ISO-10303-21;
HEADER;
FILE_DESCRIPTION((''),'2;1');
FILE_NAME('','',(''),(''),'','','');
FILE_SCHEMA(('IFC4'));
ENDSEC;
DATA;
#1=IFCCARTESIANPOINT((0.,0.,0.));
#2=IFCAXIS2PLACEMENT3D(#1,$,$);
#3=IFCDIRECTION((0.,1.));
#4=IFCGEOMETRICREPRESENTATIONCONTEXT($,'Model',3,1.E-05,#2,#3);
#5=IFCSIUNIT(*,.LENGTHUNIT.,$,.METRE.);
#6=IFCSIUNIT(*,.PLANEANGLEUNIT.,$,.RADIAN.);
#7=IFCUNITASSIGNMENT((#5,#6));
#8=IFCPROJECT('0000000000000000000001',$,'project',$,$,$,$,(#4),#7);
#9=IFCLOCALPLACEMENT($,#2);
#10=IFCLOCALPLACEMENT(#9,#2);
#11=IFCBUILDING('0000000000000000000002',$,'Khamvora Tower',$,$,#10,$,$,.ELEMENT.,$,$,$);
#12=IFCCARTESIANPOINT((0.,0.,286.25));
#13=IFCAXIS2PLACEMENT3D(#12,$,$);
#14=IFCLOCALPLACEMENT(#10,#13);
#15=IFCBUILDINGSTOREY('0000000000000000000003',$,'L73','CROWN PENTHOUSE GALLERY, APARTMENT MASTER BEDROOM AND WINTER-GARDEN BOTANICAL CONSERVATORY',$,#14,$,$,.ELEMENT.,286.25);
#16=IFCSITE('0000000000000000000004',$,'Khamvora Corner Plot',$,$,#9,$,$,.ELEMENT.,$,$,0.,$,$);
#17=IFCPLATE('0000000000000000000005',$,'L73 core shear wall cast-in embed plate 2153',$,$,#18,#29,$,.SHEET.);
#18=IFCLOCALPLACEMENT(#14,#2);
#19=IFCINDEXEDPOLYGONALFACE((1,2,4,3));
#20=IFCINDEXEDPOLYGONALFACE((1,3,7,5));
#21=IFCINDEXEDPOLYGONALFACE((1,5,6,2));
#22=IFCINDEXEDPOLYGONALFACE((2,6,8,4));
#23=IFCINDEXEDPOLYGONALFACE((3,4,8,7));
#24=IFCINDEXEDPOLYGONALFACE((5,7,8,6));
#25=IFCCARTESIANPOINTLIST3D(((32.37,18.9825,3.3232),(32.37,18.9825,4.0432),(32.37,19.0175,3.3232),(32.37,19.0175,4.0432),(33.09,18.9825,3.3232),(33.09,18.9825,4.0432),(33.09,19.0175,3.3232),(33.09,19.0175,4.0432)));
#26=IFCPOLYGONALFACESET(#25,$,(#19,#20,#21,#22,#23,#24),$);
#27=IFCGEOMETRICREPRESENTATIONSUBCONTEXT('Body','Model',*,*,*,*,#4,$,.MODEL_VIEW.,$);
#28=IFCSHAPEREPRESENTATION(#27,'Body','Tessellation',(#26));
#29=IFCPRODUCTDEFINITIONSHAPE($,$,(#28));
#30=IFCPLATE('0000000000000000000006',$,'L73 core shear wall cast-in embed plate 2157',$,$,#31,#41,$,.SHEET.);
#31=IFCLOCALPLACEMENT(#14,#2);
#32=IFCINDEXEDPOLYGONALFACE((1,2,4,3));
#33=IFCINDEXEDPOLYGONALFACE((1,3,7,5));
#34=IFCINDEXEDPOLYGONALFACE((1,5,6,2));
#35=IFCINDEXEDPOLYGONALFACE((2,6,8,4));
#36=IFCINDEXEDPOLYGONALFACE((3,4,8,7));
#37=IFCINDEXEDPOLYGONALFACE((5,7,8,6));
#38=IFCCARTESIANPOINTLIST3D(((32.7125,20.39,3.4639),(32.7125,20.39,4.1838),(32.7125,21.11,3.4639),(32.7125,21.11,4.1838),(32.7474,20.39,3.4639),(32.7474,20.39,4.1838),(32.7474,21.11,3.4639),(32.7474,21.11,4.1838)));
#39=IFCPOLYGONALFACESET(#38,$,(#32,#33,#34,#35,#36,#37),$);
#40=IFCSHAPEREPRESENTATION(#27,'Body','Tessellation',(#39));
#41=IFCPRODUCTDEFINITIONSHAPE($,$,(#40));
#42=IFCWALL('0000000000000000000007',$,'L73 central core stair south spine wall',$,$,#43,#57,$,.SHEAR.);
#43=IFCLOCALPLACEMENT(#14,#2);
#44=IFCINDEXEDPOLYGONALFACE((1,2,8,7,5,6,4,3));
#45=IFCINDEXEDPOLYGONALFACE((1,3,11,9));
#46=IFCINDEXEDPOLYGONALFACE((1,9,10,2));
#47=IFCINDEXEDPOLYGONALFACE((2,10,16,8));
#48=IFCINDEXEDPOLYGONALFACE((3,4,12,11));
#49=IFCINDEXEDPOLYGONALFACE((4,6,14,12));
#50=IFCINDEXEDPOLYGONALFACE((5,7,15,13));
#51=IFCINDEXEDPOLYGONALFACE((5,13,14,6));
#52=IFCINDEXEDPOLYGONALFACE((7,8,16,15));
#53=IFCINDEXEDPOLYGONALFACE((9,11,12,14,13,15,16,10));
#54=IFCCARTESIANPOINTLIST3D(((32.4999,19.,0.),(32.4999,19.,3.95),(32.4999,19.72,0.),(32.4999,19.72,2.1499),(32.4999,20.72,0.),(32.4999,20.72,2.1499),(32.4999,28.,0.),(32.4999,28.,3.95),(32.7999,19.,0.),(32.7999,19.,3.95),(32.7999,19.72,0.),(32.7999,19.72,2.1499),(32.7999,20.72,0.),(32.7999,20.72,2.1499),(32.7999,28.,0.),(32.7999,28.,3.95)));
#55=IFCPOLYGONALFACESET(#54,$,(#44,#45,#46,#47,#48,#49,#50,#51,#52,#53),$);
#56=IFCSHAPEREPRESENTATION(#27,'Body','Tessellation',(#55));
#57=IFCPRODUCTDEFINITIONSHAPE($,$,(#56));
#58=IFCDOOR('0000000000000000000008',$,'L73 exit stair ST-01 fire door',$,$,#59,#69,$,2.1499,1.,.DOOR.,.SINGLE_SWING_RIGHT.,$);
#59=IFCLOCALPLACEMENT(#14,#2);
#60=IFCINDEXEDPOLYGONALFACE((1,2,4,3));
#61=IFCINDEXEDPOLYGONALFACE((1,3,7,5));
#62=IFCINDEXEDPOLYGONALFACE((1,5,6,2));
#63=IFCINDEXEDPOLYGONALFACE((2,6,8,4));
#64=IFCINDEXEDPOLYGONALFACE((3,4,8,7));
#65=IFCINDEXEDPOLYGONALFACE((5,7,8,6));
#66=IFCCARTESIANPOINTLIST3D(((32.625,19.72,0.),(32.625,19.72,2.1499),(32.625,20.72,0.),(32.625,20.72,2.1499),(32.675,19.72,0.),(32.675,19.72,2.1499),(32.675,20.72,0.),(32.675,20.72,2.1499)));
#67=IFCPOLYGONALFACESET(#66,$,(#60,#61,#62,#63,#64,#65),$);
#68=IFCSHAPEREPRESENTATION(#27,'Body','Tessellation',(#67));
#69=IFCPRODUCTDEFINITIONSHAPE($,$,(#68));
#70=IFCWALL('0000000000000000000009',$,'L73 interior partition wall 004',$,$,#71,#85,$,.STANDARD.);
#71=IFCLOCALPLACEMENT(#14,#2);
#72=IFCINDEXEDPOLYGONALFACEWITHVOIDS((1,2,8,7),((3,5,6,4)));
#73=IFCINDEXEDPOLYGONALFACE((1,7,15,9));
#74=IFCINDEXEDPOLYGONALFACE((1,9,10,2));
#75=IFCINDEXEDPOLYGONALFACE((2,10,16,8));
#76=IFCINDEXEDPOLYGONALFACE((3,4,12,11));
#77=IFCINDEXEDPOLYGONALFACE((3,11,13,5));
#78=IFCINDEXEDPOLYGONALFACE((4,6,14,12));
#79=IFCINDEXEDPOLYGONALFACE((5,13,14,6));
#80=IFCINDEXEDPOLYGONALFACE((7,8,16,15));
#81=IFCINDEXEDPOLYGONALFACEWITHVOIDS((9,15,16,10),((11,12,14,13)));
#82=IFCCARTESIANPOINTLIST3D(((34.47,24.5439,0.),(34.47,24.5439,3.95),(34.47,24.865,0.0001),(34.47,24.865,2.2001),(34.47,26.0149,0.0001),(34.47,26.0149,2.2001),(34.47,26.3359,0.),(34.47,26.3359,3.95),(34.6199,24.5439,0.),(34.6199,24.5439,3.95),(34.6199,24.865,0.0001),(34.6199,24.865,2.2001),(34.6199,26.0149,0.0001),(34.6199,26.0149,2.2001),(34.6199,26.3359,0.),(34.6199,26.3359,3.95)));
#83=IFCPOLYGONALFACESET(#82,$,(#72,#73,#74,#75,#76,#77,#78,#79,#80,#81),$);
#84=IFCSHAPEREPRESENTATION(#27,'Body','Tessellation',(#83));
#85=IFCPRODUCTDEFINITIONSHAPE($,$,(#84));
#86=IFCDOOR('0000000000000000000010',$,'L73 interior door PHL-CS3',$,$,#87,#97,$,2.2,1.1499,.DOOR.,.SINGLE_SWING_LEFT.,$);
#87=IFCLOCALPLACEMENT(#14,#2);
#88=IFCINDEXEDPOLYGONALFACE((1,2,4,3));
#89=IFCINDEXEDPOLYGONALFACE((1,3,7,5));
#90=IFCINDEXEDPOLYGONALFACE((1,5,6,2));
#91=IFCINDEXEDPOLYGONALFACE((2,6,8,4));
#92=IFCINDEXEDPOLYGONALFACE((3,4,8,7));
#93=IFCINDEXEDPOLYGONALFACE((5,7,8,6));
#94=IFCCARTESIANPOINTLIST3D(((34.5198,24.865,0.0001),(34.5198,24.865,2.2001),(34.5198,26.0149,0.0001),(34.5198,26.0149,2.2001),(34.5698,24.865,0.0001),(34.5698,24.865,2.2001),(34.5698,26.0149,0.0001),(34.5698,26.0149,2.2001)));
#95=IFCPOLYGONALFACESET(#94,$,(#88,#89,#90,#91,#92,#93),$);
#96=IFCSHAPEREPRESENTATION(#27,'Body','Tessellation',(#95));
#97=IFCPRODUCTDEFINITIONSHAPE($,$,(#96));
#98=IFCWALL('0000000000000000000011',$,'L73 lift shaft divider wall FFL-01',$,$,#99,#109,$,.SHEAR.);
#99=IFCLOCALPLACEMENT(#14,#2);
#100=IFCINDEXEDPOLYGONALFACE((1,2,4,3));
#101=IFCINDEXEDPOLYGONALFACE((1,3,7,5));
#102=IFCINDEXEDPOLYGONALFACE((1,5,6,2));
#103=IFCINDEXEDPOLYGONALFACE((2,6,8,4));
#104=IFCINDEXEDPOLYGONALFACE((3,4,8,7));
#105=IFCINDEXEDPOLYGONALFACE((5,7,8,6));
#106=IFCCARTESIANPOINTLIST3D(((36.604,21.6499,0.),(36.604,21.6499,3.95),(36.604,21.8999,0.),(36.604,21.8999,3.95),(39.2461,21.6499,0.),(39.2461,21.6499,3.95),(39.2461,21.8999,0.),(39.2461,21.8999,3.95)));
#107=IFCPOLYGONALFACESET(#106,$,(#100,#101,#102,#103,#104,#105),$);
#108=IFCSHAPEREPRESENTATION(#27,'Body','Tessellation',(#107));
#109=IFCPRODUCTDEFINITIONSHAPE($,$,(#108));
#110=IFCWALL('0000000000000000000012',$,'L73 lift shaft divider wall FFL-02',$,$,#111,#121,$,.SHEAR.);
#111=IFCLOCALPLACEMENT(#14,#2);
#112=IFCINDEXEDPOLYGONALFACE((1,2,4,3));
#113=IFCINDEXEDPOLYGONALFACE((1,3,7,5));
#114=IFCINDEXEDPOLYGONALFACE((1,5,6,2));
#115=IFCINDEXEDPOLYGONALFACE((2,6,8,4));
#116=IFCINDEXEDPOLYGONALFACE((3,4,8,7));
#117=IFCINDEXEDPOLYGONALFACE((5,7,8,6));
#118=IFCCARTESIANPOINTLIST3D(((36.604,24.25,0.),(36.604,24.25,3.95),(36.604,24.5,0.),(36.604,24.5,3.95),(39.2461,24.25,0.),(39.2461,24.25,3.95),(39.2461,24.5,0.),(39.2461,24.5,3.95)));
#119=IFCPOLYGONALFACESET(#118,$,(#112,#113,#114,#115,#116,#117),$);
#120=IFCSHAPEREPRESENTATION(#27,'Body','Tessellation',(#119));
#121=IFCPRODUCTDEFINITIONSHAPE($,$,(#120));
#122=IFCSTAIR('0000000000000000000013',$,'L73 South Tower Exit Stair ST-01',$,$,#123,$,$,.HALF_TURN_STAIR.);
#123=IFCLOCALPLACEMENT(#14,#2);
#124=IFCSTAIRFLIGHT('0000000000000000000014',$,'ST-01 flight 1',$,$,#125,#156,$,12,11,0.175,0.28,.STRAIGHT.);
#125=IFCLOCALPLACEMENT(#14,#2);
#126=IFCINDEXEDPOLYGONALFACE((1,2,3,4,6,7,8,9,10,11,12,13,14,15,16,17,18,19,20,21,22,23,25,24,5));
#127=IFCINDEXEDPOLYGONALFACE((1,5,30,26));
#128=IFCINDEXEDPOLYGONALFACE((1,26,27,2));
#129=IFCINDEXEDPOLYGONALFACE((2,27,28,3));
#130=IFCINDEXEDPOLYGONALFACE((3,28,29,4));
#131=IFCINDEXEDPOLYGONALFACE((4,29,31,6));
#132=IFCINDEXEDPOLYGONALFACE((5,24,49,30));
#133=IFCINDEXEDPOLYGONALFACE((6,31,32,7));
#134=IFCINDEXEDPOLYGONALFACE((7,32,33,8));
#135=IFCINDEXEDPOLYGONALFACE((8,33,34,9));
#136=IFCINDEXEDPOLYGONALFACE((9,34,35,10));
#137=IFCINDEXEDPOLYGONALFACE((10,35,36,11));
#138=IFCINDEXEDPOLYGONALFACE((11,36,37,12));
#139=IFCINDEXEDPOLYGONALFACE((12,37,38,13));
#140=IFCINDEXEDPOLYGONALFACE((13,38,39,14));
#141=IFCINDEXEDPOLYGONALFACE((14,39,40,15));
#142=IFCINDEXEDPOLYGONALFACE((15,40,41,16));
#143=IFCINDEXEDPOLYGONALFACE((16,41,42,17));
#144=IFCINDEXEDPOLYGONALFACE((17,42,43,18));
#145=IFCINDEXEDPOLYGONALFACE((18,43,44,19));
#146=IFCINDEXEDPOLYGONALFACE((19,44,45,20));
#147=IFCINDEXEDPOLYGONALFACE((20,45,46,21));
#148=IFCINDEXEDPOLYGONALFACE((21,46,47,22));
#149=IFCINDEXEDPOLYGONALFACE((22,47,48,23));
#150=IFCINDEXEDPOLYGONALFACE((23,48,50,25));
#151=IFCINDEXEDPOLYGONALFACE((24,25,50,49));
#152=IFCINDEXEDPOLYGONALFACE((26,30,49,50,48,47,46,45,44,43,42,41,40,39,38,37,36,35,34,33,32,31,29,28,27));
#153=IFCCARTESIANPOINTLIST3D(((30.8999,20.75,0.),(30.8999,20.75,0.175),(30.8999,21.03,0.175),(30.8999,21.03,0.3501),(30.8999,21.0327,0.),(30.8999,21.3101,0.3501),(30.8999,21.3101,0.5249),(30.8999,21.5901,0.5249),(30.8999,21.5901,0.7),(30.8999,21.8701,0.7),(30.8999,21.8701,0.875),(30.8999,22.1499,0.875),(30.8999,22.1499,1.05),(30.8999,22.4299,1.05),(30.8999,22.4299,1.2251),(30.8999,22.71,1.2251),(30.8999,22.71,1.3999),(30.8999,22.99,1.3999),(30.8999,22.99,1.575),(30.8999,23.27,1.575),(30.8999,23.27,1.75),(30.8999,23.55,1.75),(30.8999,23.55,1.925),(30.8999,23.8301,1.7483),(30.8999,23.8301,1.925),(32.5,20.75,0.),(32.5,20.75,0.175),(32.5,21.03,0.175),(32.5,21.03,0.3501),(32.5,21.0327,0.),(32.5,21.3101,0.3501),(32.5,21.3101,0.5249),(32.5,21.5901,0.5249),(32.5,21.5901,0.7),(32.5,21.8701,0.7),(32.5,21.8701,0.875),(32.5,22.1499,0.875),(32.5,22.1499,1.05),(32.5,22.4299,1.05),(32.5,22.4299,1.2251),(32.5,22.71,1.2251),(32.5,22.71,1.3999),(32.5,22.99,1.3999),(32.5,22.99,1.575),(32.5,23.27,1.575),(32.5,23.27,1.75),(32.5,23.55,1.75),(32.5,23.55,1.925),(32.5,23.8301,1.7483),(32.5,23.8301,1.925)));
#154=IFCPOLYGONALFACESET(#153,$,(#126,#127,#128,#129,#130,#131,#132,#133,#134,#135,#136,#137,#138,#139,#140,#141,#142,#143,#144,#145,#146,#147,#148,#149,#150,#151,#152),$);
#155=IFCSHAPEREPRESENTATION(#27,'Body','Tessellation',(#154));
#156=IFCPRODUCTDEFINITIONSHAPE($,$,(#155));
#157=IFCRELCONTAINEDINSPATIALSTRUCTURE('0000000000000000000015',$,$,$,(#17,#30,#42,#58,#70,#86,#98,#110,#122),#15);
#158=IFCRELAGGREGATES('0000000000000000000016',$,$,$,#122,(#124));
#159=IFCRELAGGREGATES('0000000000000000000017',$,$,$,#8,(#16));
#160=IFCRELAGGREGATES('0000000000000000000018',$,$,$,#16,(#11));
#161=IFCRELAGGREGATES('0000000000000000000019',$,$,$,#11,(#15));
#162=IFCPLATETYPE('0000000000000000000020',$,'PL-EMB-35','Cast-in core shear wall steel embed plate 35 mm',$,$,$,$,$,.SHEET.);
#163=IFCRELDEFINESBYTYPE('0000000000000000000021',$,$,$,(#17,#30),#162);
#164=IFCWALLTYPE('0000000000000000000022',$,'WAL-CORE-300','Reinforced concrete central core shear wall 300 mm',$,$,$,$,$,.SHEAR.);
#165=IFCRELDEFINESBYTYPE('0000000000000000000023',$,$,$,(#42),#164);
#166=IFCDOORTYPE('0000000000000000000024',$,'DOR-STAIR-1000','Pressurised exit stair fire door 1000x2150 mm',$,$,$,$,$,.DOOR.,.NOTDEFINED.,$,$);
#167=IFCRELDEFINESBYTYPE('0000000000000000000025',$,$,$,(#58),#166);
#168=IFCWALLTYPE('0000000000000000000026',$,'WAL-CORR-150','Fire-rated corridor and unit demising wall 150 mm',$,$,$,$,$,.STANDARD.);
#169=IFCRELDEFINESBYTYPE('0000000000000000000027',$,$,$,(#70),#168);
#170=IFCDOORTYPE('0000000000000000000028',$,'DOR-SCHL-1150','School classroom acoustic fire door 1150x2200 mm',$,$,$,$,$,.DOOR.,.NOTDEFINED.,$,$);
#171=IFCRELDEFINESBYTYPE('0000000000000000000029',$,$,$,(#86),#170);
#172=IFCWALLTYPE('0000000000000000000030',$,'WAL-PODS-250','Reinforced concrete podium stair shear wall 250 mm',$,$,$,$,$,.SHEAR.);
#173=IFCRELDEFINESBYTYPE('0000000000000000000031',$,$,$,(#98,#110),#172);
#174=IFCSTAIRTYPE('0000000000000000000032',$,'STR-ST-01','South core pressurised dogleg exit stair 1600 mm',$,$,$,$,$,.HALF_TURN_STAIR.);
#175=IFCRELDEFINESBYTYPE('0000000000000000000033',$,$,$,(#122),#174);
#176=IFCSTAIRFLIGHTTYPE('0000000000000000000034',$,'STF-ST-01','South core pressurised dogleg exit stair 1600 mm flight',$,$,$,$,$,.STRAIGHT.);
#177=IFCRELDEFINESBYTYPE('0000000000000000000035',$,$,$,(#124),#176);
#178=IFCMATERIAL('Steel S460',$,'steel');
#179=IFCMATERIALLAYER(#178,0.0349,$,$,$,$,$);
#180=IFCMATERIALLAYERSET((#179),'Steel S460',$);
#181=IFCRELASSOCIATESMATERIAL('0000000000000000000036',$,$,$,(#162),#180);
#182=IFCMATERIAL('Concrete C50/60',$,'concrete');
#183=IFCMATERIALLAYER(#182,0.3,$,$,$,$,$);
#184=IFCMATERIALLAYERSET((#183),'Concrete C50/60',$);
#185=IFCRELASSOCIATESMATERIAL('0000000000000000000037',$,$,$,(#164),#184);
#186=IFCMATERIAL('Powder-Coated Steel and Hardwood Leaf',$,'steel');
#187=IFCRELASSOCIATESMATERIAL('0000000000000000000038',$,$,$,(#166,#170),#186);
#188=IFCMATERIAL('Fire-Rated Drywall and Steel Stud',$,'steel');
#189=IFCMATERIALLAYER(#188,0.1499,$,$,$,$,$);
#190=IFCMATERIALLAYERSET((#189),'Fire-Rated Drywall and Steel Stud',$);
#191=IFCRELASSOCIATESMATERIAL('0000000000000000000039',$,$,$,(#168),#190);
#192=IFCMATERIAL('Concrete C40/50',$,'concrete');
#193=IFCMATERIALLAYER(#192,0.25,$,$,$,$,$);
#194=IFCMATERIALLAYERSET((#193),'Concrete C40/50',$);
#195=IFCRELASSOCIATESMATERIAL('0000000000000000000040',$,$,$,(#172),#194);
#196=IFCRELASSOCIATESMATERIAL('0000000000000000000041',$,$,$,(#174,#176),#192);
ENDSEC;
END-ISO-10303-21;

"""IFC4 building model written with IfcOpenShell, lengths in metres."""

from ifc_helpers import new_model, si_unit, direction, frame, frame_2d, origin, origin_2d, place, context, subcontext, project, spatial, polyline, rectangle, outline, extrude, material, layer, layer_set, type_object, element, fill, aggregate, save


model = new_model("IFC4")

# Units and contexts
model_context = context("Model", 3, precision=1e-05, world=origin(), true_north=direction((0.0, 1.0)))
body_context = subcontext(model_context, "Body", "Model", "MODEL_VIEW")
ifc_project = project(units=[si_unit("LENGTHUNIT", "METRE"), si_unit("PLANEANGLEUNIT", "RADIAN")], contexts=[model_context])

# Site, building, storey
site_placement = place(None, origin())
site = spatial("IfcSite", under=ifc_project, at=site_placement, Name="Khamvora Corner Plot", CompositionType="ELEMENT", RefElevation=0.0)
building_placement = place(site_placement, origin())
building = spatial("IfcBuilding", under=site, at=building_placement, Name="Khamvora Tower", CompositionType="ELEMENT")
storey_placement = place(building_placement, frame((0.0, 0.0, 286.25)))
storey = spatial("IfcBuildingStorey", under=building, at=storey_placement, Name="L73", Description="CROWN PENTHOUSE GALLERY, APARTMENT MASTER BEDROOM AND WINTER-GARDEN BOTANICAL CONSERVATORY", CompositionType="ELEMENT", Elevation=286.25)

# Plates
ifc_material_1 = material(Name="Steel S460", Category="steel")
ifc_layer_1 = layer(ifc_material_1, 0.0349)
ifc_layer_set_1 = layer_set([ifc_layer_1], Name="Steel S460")
plate_type_1 = type_object("IfcPlateType", Name="PL-EMB-35", Description="Cast-in core shear wall steel embed plate 35 mm", PredefinedType="SHEET", material=ifc_layer_set_1)
plate_1_placement = place(storey_placement, frame((32.73, 19.0, 3.3232), z_axis=(0.0, 0.0, 1.0), x_axis=(1.0, 0.0, 0.0)))
element("IfcPlate", 1, at=plate_1_placement, inside=storey, type_object=plate_type_1, Name="L73 core shear wall cast-in embed plate 2153", PredefinedType="SHEET", context=body_context, shape_type="SweptSolid", body=[
    extrude(rectangle(XDim=0.72, YDim=0.0349, at=origin_2d()), origin(), (0.0, 0.0, 1.0), 0.72),
])
plate_2_placement = place(storey_placement, frame((32.73, 20.75, 3.4639), z_axis=(0.0, 0.0, 1.0), x_axis=(1.0, 0.0, 0.0)))
element("IfcPlate", 2, at=plate_2_placement, inside=storey, type_object=plate_type_1, Name="L73 core shear wall cast-in embed plate 2157", PredefinedType="SHEET", context=body_context, shape_type="SweptSolid", body=[
    extrude(rectangle(XDim=0.0349, YDim=0.72, at=origin_2d()), origin(), (0.0, 0.0, 1.0), 0.72),
])

# Wall, opening, door
ifc_material_2 = material(Name="Concrete C50/60", Category="concrete")
ifc_layer_2 = layer(ifc_material_2, 0.3)
ifc_layer_set_2 = layer_set([ifc_layer_2], Name="Concrete C50/60")
wall_type_1 = type_object("IfcWallType", Name="WAL-CORE-300", Description="Reinforced concrete central core shear wall 300 mm", PredefinedType="SHEAR", material=ifc_layer_set_2)
wall_1_placement = place(storey_placement, frame((32.6499, 19.0, 0.0), z_axis=(0.0, 0.0, 1.0), x_axis=(0.0, 1.0, 0.0)))
wall_1 = element("IfcWall", 3, at=wall_1_placement, inside=storey, type_object=wall_type_1, Name="L73 central core stair south spine wall", PredefinedType="SHEAR", context=body_context, shape_type="SweptSolid", body=[
    extrude(rectangle(XDim=9.0, YDim=0.3, at=frame_2d((4.5, 0.0))), origin(), (0.0, 0.0, 1.0), 3.95),
])
opening_1_placement = place(wall_1_placement, frame((0.72, 0.0, 0.0)))
opening_1 = element("IfcOpeningElement", 4, at=opening_1_placement, cuts=wall_1, PredefinedType="OPENING", context=body_context, shape_type="SweptSolid", body=[
    extrude(rectangle(XDim=1.0, YDim=2.1499, at=frame_2d((0.5, 1.075))), frame((0.0, 0.1599, 0.0), z_axis=(0.0, -1.0, 0.0), x_axis=(1.0, 0.0, 0.0)), (0.0, 0.0, 1.0), 0.3201),
])
ifc_material_3 = material(Name="Powder-Coated Steel and Hardwood Leaf", Category="steel")
door_type_1 = type_object("IfcDoorType", Name="DOR-STAIR-1000", Description="Pressurised exit stair fire door 1000x2150 mm", OperationType="NOTDEFINED", PredefinedType="DOOR", material=ifc_material_3)
door_1_placement = place(opening_1_placement, origin())
door_1 = element("IfcDoor", 5, at=door_1_placement, inside=storey, type_object=door_type_1, Name="L73 exit stair ST-01 fire door", OperationType="SINGLE_SWING_RIGHT", OverallHeight=2.1499, OverallWidth=1.0, PredefinedType="DOOR", context=body_context, shape_type="SweptSolid", body=[
    extrude(rectangle(XDim=1.0, YDim=2.1499, at=frame_2d((0.5, 1.075))), frame((0.0, 0.0249, 0.0), z_axis=(0.0, -1.0, 0.0), x_axis=(1.0, 0.0, 0.0)), (0.0, 0.0, 1.0), 0.05),
])
fill(opening_1, door_1)

# Wall, opening, door
ifc_material_4 = material(Name="Fire-Rated Drywall and Steel Stud", Category="steel")
ifc_layer_3 = layer(ifc_material_4, 0.1499)
ifc_layer_set_3 = layer_set([ifc_layer_3], Name="Fire-Rated Drywall and Steel Stud")
wall_type_2 = type_object("IfcWallType", Name="WAL-CORR-150", Description="Fire-rated corridor and unit demising wall 150 mm", PredefinedType="STANDARD", material=ifc_layer_set_3)
wall_2_placement = place(storey_placement, frame((34.5449, 26.3359, 0.0), z_axis=(0.0, 0.0, 1.0), x_axis=(0.0, -1.0, 0.0)))
wall_2 = element("IfcWall", 6, at=wall_2_placement, inside=storey, type_object=wall_type_2, Name="L73 interior partition wall 004", PredefinedType="STANDARD", context=body_context, shape_type="SweptSolid", body=[
    extrude(rectangle(XDim=1.792, YDim=0.1499, at=frame_2d((0.896, 0.0))), origin(), (0.0, 0.0, 1.0), 3.95),
])
opening_2_placement = place(wall_2_placement, frame((0.321, 0.0, 0.0)))
opening_2 = element("IfcOpeningElement", 7, at=opening_2_placement, cuts=wall_2, PredefinedType="OPENING", context=body_context, shape_type="SweptSolid", body=[
    extrude(rectangle(XDim=1.1499, YDim=2.2, at=frame_2d((0.575, 1.1001))), frame((0.0, 0.085, 0.0), z_axis=(0.0, -1.0, 0.0), x_axis=(1.0, 0.0, 0.0)), (0.0, 0.0, 1.0), 0.1699),
])
door_type_2 = type_object("IfcDoorType", Name="DOR-SCHL-1150", Description="School classroom acoustic fire door 1150x2200 mm", OperationType="NOTDEFINED", PredefinedType="DOOR", material=ifc_material_3)
door_2_placement = place(opening_2_placement, origin())
door_2 = element("IfcDoor", 8, at=door_2_placement, inside=storey, type_object=door_type_2, Name="L73 interior door PHL-CS3", OperationType="SINGLE_SWING_LEFT", OverallHeight=2.2, OverallWidth=1.1499, PredefinedType="DOOR", context=body_context, shape_type="SweptSolid", body=[
    extrude(rectangle(XDim=1.1499, YDim=2.2, at=frame_2d((0.575, 1.1001))), frame((0.0, 0.0249, 0.0), z_axis=(0.0, -1.0, 0.0), x_axis=(1.0, 0.0, 0.0)), (0.0, 0.0, 1.0), 0.05),
])
fill(opening_2, door_2)

# Walls
ifc_material_5 = material(Name="Concrete C40/50", Category="concrete")
ifc_layer_4 = layer(ifc_material_5, 0.25)
ifc_layer_set_4 = layer_set([ifc_layer_4], Name="Concrete C40/50")
wall_type_3 = type_object("IfcWallType", Name="WAL-PODS-250", Description="Reinforced concrete podium stair shear wall 250 mm", PredefinedType="SHEAR", material=ifc_layer_set_4)
for number, where, z_axis, x_axis, name in (
    (9, (36.604, 21.7749, 0.0), (0.0, 0.0, 1.0), (1.0, 0.0, 0.0), "L73 lift shaft divider wall FFL-01"),
    (10, (36.604, 24.375, 0.0), (0.0, 0.0, 1.0), (1.0, 0.0, 0.0), "L73 lift shaft divider wall FFL-02"),
):
    element("IfcWall", number, at=place(storey_placement, frame(where, z_axis=z_axis, x_axis=x_axis)), inside=storey, type_object=wall_type_3, Name=name, PredefinedType="SHEAR", context=body_context, shape_type="SweptSolid", body=[
        extrude(rectangle(XDim=2.6421, YDim=0.25, at=frame_2d((1.321, 0.0))), origin(), (0.0, 0.0, 1.0), 3.95),
    ])

# Stair, stair flight
stair_type = type_object("IfcStairType", Name="STR-ST-01", Description="South core pressurised dogleg exit stair 1600 mm", PredefinedType="HALF_TURN_STAIR", material=ifc_material_5)
stair_placement = place(storey_placement, origin())
stair = element("IfcStair", 11, at=stair_placement, inside=storey, type_object=stair_type, Name="L73 South Tower Exit Stair ST-01", PredefinedType="HALF_TURN_STAIR")
stair_flight_type = type_object("IfcStairFlightType", Name="STF-ST-01", Description="South core pressurised dogleg exit stair 1600 mm flight", PredefinedType="STRAIGHT", material=ifc_material_5)
stair_flight_1_placement = place(storey_placement, frame((31.7, 20.75, 0.0), z_axis=(0.0, 0.0, 1.0), x_axis=(0.0, 1.0, 0.0)))
stair_flight_1 = element("IfcStairFlight", 12, at=stair_flight_1_placement, type_object=stair_flight_type, Name="ST-01 flight 1", NumberOfRisers=12, NumberOfTreads=11, PredefinedType="STRAIGHT", RiserHeight=0.175, TreadLength=0.28, context=body_context, shape_type="SweptSolid", body=[
    extrude(outline(polyline([(0.0, 0.0), (0.0, 0.175), (0.28, 0.175), (0.28, 0.3501), (0.5601, 0.3501), (0.5601, 0.5249), (0.8401, 0.5249), (0.8401, 0.7), (1.1201, 0.7), (1.1201, 0.875), (1.3999, 0.875), (1.3999, 1.05), (1.6799, 1.05), (1.6799, 1.2251), (1.96, 1.2251), (1.96, 1.3999), (2.24, 1.3999), (2.24, 1.575), (2.52, 1.575), (2.52, 1.75), (2.8, 1.75), (2.8, 1.925), (3.0801, 1.925), (3.0801, 2.1001), (3.0801, 1.7483), (0.2827, 0.0), (0.0, 0.0)])), frame((0.0, 0.8, 0.0), z_axis=(0.0, -1.0, 0.0), x_axis=(1.0, 0.0, 0.0)), (0.0, 0.0, 1.0), 1.6001),
])
aggregate(stair, [stair_flight_1])

save(model, "model.ifc")
